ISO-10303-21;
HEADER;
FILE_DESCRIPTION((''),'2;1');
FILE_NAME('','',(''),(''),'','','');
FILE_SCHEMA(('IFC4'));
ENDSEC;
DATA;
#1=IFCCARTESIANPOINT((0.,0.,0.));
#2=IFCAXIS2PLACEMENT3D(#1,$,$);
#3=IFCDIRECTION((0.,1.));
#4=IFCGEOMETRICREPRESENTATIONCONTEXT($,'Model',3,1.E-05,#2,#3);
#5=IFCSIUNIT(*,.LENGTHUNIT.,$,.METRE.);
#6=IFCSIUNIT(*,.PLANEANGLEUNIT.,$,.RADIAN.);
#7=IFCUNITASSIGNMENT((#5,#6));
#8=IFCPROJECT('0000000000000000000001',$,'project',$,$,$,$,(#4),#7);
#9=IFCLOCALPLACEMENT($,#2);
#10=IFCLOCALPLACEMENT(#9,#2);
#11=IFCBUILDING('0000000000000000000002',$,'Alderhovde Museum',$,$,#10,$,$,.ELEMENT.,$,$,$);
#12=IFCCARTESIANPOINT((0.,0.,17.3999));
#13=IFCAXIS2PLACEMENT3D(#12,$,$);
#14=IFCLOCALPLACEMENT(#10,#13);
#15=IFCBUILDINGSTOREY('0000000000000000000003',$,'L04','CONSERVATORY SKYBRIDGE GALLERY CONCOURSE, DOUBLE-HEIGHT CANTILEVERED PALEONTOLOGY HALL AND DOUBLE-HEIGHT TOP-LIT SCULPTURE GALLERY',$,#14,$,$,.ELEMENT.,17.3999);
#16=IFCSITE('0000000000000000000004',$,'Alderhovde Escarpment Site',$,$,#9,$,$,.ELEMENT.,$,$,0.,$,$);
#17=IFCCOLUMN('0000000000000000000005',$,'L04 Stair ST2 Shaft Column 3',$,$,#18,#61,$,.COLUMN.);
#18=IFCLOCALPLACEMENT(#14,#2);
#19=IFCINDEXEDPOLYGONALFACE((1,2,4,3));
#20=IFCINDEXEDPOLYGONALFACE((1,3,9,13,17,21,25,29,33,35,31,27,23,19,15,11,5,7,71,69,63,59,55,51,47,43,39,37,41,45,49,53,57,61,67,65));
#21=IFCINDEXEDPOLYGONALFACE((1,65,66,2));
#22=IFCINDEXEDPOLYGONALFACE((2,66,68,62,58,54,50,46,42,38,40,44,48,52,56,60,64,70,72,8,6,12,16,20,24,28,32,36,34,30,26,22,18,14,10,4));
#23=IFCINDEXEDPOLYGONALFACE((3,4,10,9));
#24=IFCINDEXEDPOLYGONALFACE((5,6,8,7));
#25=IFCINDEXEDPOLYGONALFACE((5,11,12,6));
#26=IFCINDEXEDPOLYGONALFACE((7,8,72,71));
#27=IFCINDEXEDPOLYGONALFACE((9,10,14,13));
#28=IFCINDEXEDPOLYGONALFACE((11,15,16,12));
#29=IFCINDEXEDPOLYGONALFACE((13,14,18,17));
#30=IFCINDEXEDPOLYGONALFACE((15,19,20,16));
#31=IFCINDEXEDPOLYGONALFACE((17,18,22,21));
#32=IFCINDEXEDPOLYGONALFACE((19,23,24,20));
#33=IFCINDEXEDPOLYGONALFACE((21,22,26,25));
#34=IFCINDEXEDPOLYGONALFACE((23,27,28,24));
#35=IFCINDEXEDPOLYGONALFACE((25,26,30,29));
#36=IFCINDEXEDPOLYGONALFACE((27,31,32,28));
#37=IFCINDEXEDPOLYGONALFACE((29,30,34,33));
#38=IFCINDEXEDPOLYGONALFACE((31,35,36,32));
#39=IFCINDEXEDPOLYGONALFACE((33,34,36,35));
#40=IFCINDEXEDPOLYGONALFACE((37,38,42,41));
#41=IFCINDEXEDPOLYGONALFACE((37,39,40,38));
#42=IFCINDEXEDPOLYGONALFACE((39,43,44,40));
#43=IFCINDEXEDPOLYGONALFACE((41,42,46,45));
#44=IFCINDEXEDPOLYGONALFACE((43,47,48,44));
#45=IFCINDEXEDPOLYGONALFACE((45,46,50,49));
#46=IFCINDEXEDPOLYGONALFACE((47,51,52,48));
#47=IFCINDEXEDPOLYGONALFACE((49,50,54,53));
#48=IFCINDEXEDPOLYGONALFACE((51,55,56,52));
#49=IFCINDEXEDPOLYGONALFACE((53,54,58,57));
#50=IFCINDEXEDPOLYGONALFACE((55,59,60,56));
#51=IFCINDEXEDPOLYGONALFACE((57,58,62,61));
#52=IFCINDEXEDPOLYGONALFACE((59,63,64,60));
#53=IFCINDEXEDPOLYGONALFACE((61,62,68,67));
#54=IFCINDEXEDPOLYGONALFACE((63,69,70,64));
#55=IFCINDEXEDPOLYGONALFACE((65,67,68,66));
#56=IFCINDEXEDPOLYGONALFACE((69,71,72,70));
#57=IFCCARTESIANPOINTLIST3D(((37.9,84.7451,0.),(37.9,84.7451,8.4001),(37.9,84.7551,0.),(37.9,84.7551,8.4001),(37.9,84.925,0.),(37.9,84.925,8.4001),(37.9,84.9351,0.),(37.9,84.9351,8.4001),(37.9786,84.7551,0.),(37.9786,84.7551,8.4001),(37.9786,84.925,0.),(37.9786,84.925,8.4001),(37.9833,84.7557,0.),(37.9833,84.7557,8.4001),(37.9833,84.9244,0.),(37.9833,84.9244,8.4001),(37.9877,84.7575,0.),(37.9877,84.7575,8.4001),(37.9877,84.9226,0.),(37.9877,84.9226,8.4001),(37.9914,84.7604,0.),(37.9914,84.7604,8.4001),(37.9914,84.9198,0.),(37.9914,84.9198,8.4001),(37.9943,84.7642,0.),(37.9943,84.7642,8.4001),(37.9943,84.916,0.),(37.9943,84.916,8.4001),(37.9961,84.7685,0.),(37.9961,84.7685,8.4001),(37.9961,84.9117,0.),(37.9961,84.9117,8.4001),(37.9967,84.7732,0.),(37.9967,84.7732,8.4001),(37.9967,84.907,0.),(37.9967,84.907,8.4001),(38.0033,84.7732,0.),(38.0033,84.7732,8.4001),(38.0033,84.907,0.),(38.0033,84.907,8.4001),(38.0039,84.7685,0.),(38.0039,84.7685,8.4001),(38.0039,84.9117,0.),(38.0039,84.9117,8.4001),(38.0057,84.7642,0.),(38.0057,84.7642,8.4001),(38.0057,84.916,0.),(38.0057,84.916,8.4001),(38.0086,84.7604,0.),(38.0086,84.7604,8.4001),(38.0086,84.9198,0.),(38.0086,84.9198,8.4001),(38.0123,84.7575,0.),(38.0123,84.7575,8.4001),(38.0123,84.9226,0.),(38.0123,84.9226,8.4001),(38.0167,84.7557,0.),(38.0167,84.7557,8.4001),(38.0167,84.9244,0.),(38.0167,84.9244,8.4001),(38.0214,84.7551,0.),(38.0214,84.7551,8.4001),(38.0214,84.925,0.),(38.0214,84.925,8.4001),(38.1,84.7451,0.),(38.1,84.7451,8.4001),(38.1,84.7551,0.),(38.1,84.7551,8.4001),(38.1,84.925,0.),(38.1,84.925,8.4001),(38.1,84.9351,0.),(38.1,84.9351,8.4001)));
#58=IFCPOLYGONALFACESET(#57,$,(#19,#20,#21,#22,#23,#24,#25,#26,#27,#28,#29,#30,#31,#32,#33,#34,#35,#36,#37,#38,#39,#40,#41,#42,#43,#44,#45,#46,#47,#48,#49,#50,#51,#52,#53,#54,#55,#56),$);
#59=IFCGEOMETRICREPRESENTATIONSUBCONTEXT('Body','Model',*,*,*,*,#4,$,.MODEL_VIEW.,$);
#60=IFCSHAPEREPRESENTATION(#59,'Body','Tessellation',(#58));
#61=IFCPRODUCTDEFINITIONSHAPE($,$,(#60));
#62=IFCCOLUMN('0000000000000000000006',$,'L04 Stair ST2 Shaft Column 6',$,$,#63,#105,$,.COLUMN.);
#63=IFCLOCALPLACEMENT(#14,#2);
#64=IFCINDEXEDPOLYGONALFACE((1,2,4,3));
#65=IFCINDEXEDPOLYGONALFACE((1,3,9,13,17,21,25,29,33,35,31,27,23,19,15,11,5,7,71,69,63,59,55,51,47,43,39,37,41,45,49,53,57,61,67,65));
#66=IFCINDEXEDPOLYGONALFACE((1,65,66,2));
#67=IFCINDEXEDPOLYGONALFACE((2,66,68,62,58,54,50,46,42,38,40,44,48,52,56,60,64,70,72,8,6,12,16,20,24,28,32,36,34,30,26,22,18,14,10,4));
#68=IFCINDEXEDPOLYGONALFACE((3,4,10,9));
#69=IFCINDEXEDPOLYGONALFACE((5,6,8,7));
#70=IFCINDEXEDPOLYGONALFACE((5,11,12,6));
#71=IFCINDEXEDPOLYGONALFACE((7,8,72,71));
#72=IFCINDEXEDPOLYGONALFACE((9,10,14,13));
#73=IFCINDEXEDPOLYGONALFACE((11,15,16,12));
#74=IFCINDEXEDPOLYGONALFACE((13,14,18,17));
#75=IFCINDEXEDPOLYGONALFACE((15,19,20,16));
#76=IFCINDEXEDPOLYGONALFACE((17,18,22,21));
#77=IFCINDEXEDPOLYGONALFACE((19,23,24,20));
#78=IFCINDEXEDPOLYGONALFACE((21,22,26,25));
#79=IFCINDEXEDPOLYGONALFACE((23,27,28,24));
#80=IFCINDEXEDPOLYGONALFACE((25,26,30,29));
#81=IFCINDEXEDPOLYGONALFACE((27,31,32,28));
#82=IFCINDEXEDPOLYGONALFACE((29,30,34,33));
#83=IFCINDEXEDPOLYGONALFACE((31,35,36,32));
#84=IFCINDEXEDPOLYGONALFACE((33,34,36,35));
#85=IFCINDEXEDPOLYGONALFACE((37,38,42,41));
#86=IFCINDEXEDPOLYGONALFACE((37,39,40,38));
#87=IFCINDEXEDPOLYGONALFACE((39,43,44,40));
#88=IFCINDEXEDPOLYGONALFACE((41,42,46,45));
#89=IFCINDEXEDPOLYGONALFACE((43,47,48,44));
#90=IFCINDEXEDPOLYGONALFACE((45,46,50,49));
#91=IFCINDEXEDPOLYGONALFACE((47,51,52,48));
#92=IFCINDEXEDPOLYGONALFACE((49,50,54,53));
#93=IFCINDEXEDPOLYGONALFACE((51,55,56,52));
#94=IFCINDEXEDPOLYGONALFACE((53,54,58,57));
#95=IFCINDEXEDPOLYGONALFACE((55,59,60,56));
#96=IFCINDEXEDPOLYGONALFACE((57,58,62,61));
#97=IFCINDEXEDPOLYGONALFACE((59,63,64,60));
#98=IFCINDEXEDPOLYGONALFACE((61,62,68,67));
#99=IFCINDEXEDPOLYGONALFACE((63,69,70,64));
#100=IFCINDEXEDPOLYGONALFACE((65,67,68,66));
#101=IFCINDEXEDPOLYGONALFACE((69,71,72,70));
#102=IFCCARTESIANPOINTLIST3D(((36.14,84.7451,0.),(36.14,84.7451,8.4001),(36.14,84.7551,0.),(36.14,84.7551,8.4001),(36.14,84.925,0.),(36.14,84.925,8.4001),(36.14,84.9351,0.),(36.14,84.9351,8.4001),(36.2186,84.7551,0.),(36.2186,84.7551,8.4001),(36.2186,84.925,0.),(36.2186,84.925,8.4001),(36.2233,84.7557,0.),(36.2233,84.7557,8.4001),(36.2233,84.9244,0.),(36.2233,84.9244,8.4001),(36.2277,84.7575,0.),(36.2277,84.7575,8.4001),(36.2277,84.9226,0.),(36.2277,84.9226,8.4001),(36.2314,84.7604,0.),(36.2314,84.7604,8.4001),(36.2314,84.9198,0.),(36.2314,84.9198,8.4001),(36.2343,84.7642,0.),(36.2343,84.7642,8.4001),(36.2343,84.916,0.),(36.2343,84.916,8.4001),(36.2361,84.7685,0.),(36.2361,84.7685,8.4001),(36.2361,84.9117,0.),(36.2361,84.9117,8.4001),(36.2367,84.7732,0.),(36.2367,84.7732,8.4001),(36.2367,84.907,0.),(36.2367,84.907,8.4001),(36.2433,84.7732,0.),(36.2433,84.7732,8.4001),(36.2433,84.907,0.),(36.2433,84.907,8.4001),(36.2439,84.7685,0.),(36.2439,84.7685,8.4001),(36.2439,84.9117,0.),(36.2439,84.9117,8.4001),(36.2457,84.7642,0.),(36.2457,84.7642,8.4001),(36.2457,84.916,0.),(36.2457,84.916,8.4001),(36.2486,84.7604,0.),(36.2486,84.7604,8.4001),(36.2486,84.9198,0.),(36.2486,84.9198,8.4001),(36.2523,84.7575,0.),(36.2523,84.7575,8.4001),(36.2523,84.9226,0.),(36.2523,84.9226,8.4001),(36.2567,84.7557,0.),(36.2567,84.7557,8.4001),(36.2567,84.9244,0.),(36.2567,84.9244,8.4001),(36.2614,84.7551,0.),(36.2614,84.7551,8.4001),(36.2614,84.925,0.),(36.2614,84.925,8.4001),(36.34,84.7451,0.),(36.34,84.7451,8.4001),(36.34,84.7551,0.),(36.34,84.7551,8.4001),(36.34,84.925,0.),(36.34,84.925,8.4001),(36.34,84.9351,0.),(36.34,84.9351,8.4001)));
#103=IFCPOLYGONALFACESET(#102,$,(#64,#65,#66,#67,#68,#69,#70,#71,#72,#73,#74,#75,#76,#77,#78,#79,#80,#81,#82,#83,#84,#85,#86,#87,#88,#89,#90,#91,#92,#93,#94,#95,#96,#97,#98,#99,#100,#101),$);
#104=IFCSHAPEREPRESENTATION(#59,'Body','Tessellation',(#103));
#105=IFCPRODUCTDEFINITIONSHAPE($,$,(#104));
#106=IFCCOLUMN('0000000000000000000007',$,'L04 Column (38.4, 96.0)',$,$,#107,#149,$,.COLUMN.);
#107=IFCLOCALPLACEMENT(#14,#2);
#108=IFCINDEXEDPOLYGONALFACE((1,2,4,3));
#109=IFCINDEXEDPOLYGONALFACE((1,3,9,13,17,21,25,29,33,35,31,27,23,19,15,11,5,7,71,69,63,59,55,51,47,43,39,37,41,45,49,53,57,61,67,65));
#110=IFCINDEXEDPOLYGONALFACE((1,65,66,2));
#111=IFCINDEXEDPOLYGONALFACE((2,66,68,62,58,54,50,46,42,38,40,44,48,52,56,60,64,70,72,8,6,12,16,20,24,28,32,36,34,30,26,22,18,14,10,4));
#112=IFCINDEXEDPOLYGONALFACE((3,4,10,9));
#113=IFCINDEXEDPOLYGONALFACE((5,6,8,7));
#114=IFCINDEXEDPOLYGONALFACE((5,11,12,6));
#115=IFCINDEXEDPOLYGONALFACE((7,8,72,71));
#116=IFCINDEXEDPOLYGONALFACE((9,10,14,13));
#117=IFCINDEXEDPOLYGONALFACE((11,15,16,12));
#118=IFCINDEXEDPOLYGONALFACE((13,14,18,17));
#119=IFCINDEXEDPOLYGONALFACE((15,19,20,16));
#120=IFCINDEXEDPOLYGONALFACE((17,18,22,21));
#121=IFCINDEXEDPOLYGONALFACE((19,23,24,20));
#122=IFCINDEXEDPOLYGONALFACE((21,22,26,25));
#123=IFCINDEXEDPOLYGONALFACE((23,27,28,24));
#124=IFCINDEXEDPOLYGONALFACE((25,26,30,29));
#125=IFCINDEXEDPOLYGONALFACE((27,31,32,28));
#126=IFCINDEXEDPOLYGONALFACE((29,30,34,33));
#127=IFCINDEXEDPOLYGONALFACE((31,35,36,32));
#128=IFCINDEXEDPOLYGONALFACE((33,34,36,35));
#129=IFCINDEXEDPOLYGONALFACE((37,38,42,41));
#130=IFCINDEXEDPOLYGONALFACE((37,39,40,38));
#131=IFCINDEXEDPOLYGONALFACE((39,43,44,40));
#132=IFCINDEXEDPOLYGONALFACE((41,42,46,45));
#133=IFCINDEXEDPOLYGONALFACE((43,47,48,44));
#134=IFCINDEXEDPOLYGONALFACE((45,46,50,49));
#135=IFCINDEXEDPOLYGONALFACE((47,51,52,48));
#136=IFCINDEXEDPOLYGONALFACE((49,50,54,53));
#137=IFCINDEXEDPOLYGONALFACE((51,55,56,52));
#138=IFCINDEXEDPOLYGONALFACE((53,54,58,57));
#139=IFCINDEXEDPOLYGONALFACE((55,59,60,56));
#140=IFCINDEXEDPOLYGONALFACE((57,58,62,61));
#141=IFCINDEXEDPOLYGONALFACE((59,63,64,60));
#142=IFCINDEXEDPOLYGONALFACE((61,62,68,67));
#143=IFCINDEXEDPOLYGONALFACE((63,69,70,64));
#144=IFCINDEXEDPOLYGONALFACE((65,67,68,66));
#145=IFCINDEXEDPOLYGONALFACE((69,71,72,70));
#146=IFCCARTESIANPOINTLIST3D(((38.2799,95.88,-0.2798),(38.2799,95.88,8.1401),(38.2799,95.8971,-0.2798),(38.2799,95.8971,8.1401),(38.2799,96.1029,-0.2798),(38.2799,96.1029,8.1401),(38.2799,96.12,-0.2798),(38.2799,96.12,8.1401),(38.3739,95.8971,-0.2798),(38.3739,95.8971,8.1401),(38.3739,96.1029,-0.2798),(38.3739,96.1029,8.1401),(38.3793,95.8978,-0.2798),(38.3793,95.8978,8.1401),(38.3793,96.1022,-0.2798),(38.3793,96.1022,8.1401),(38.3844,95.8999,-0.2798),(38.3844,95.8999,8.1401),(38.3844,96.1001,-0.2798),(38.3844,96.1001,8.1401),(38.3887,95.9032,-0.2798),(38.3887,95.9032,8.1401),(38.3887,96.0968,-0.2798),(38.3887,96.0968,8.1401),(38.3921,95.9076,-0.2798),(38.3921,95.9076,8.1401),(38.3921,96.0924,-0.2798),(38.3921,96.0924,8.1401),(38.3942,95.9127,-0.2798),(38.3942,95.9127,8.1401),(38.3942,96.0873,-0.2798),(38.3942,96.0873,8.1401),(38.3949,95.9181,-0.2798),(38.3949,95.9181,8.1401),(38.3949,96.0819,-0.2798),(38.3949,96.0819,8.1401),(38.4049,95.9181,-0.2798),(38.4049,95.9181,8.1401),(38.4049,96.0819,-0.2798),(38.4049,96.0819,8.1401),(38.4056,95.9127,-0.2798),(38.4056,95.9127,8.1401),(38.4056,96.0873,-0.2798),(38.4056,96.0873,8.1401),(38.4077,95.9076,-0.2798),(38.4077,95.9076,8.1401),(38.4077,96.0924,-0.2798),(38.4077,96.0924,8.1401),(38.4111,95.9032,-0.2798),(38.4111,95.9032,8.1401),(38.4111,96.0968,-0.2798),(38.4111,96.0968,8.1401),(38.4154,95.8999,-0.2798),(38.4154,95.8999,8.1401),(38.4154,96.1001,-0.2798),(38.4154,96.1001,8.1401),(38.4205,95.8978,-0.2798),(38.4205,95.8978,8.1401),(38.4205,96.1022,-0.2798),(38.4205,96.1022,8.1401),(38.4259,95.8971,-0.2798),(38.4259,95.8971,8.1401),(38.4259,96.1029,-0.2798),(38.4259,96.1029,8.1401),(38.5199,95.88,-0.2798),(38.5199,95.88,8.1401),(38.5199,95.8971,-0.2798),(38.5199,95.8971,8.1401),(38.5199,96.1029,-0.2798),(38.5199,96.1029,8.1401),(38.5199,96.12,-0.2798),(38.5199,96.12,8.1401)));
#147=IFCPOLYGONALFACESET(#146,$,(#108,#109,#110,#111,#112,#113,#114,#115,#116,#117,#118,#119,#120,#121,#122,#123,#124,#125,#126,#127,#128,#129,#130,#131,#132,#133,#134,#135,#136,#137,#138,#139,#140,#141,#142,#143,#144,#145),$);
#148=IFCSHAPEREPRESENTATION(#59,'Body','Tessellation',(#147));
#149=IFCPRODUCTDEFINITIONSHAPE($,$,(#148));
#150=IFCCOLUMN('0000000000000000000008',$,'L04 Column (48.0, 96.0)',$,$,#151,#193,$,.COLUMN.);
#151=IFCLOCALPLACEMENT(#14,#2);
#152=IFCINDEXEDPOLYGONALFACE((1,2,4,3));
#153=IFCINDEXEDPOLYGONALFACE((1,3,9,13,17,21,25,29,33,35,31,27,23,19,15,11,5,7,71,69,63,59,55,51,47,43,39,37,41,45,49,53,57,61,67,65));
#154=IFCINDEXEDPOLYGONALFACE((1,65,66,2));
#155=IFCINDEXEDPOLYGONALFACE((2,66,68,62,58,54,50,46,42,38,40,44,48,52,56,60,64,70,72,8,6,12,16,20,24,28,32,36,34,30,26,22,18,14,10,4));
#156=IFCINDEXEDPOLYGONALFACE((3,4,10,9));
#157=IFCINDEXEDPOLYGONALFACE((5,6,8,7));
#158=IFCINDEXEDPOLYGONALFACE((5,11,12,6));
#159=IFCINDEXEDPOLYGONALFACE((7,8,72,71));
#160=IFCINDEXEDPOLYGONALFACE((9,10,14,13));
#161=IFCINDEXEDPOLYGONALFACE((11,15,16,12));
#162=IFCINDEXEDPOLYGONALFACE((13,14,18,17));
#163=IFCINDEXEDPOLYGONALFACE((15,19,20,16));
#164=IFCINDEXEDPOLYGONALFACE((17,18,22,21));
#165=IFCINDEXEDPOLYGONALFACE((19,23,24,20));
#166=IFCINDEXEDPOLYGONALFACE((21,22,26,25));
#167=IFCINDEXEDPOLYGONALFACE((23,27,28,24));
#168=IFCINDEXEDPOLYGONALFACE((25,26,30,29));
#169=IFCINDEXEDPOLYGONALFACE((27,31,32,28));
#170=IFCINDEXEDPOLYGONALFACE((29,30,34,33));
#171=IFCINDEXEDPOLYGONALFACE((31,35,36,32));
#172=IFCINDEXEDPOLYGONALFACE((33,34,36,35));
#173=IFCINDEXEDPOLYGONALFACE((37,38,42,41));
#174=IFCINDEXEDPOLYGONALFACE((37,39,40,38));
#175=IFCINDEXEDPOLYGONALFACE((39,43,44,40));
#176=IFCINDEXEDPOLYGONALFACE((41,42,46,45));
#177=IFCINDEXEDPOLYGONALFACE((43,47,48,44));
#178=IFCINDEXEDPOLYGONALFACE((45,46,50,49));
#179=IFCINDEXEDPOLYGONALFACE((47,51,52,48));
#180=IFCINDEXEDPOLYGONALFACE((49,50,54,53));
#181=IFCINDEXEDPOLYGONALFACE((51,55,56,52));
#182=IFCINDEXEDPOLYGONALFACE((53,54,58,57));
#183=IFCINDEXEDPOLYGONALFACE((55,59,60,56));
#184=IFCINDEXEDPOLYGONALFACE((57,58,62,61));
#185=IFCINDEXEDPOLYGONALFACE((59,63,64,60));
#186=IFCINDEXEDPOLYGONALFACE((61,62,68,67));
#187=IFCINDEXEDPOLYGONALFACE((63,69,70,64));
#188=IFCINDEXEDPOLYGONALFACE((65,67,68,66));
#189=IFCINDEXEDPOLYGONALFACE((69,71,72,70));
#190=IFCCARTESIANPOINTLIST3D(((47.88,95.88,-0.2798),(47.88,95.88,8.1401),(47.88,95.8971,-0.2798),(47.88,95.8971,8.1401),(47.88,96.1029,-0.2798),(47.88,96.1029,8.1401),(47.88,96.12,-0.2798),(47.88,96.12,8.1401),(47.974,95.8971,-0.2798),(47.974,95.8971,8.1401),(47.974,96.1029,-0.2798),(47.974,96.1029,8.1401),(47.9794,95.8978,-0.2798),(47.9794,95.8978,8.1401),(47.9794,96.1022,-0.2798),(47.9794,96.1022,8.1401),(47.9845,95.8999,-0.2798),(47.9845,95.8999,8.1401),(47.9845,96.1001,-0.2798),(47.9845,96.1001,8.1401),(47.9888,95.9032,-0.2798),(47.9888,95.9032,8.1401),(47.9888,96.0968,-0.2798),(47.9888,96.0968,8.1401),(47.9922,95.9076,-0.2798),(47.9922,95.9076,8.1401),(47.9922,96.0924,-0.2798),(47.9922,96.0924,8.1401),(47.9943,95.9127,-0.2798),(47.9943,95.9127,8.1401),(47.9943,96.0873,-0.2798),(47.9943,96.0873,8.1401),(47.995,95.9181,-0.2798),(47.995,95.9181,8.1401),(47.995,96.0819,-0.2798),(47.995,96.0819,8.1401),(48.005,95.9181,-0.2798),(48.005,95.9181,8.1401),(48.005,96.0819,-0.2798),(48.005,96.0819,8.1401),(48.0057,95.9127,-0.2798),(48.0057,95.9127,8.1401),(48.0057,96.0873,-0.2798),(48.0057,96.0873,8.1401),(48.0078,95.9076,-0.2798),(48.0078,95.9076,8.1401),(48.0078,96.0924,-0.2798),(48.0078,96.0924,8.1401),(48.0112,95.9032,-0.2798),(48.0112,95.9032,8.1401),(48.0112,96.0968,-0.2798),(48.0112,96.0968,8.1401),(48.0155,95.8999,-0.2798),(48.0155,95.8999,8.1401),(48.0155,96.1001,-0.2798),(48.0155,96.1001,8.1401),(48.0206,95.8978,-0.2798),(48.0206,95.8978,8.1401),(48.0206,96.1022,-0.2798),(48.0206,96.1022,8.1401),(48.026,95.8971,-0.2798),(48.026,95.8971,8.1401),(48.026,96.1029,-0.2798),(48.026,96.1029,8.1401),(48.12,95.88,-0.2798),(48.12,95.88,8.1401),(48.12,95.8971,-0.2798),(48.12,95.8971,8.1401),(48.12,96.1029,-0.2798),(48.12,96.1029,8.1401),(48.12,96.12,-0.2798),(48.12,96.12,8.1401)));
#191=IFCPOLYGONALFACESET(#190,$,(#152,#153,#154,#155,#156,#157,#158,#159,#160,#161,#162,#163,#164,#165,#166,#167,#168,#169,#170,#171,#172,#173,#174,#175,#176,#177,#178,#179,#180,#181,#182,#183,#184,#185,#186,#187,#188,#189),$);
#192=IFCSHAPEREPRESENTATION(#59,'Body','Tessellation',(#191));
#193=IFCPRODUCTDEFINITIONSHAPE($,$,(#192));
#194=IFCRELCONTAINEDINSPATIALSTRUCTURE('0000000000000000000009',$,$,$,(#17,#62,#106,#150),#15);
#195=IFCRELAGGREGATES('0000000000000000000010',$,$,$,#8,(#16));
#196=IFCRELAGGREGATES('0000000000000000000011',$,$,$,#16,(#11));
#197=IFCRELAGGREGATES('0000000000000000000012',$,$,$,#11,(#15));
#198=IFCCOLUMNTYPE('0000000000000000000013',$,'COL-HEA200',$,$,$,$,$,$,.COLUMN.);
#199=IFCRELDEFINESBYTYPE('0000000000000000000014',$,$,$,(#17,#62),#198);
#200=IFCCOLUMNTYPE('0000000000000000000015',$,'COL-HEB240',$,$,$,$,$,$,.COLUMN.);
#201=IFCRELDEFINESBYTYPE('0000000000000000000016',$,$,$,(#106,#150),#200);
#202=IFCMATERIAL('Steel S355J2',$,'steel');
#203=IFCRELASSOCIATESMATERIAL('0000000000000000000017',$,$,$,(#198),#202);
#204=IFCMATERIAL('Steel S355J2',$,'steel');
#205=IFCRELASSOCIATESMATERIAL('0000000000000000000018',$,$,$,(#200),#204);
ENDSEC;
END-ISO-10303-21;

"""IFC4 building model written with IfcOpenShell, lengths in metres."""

from ifc_helpers import new_model, si_unit, direction, frame, origin, origin_2d, place, context, subcontext, project, spatial, i_section, extrude, material, material_profile, profile_set, type_object, element, save


model = new_model("IFC4")

# Units and contexts
model_context = context("Model", 3, precision=1e-05, world=origin(), true_north=direction((0.0, 1.0)))
body_context = subcontext(model_context, "Body", "Model", "MODEL_VIEW")
ifc_project = project(units=[si_unit("LENGTHUNIT", "METRE"), si_unit("PLANEANGLEUNIT", "RADIAN")], contexts=[model_context])

# Site, building, storey
site_placement = place(None, origin())
site = spatial("IfcSite", under=ifc_project, at=site_placement, Name="Alderhovde Escarpment Site", CompositionType="ELEMENT", RefElevation=0.0)
building_placement = place(site_placement, origin())
building = spatial("IfcBuilding", under=site, at=building_placement, Name="Alderhovde Museum", CompositionType="ELEMENT")
storey_placement = place(building_placement, frame((0.0, 0.0, 17.3999)))
storey = spatial("IfcBuildingStorey", under=building, at=storey_placement, Name="L04", Description="CONSERVATORY SKYBRIDGE GALLERY CONCOURSE, DOUBLE-HEIGHT CANTILEVERED PALEONTOLOGY HALL AND DOUBLE-HEIGHT TOP-LIT SCULPTURE GALLERY", CompositionType="ELEMENT", Elevation=17.3999)

# Columns
ifc_material_1 = material(Name="Steel S355J2", Category="steel")
ifc_material_profile_1 = material_profile(ifc_material_1, i_section(OverallWidth=0.2, OverallDepth=0.1899, WebThickness=0.0066, FlangeThickness=0.01, FilletRadius=0.0181, at=origin_2d()), Name="HEA 200")
ifc_profile_set_1 = profile_set([ifc_material_profile_1], Name="Steel S355J2")
column_type_1 = type_object("IfcColumnType", Name="COL-HEA200", PredefinedType="COLUMN", material=ifc_profile_set_1)
for number, where, z_axis, x_axis, name in (
    (1, (38.0, 84.8401, 0.0), (0.0, 0.0, 1.0), (1.0, 0.0, 0.0), "L04 Stair ST2 Shaft Column 3"),
    (2, (36.24, 84.8401, 0.0), (0.0, 0.0, 1.0), (1.0, 0.0, 0.0), "L04 Stair ST2 Shaft Column 6"),
):
    element("IfcColumn", number, at=place(storey_placement, frame(where, z_axis=z_axis, x_axis=x_axis)), inside=storey, type_object=column_type_1, Name=name, PredefinedType="COLUMN", context=body_context, shape_type="SweptSolid", body=[
        extrude(i_section(OverallWidth=0.2, OverallDepth=0.1899, WebThickness=0.0066, FlangeThickness=0.01, FilletRadius=0.0181, at=origin_2d()), origin(), (0.0, 0.0, 1.0), 8.4001),
    ])
ifc_material_2 = material(Name="Steel S355J2", Category="steel")
ifc_material_profile_2 = material_profile(ifc_material_2, i_section(OverallWidth=0.24, OverallDepth=0.24, WebThickness=0.01, FlangeThickness=0.0171, FilletRadius=0.021, at=origin_2d()), Name="HEB 240")
ifc_profile_set_2 = profile_set([ifc_material_profile_2], Name="Steel S355J2")
column_type_2 = type_object("IfcColumnType", Name="COL-HEB240", PredefinedType="COLUMN", material=ifc_profile_set_2)
for number, where, z_axis, x_axis, name in (
    (3, (38.3999, 96.0, -0.2798), (0.0, 0.0, 1.0), (1.0, 0.0, 0.0), "L04 Column (38.4, 96.0)"),
    (4, (48.0, 96.0, -0.2798), (0.0, 0.0, 1.0), (1.0, 0.0, 0.0), "L04 Column (48.0, 96.0)"),
):
    element("IfcColumn", number, at=place(storey_placement, frame(where, z_axis=z_axis, x_axis=x_axis)), inside=storey, type_object=column_type_2, Name=name, PredefinedType="COLUMN", context=body_context, shape_type="SweptSolid", body=[
        extrude(i_section(OverallWidth=0.24, OverallDepth=0.24, WebThickness=0.01, FlangeThickness=0.0171, FilletRadius=0.021, at=origin_2d()), origin(), (0.0, 0.0, 1.0), 8.4199),
    ])

save(model, "model.ifc")
